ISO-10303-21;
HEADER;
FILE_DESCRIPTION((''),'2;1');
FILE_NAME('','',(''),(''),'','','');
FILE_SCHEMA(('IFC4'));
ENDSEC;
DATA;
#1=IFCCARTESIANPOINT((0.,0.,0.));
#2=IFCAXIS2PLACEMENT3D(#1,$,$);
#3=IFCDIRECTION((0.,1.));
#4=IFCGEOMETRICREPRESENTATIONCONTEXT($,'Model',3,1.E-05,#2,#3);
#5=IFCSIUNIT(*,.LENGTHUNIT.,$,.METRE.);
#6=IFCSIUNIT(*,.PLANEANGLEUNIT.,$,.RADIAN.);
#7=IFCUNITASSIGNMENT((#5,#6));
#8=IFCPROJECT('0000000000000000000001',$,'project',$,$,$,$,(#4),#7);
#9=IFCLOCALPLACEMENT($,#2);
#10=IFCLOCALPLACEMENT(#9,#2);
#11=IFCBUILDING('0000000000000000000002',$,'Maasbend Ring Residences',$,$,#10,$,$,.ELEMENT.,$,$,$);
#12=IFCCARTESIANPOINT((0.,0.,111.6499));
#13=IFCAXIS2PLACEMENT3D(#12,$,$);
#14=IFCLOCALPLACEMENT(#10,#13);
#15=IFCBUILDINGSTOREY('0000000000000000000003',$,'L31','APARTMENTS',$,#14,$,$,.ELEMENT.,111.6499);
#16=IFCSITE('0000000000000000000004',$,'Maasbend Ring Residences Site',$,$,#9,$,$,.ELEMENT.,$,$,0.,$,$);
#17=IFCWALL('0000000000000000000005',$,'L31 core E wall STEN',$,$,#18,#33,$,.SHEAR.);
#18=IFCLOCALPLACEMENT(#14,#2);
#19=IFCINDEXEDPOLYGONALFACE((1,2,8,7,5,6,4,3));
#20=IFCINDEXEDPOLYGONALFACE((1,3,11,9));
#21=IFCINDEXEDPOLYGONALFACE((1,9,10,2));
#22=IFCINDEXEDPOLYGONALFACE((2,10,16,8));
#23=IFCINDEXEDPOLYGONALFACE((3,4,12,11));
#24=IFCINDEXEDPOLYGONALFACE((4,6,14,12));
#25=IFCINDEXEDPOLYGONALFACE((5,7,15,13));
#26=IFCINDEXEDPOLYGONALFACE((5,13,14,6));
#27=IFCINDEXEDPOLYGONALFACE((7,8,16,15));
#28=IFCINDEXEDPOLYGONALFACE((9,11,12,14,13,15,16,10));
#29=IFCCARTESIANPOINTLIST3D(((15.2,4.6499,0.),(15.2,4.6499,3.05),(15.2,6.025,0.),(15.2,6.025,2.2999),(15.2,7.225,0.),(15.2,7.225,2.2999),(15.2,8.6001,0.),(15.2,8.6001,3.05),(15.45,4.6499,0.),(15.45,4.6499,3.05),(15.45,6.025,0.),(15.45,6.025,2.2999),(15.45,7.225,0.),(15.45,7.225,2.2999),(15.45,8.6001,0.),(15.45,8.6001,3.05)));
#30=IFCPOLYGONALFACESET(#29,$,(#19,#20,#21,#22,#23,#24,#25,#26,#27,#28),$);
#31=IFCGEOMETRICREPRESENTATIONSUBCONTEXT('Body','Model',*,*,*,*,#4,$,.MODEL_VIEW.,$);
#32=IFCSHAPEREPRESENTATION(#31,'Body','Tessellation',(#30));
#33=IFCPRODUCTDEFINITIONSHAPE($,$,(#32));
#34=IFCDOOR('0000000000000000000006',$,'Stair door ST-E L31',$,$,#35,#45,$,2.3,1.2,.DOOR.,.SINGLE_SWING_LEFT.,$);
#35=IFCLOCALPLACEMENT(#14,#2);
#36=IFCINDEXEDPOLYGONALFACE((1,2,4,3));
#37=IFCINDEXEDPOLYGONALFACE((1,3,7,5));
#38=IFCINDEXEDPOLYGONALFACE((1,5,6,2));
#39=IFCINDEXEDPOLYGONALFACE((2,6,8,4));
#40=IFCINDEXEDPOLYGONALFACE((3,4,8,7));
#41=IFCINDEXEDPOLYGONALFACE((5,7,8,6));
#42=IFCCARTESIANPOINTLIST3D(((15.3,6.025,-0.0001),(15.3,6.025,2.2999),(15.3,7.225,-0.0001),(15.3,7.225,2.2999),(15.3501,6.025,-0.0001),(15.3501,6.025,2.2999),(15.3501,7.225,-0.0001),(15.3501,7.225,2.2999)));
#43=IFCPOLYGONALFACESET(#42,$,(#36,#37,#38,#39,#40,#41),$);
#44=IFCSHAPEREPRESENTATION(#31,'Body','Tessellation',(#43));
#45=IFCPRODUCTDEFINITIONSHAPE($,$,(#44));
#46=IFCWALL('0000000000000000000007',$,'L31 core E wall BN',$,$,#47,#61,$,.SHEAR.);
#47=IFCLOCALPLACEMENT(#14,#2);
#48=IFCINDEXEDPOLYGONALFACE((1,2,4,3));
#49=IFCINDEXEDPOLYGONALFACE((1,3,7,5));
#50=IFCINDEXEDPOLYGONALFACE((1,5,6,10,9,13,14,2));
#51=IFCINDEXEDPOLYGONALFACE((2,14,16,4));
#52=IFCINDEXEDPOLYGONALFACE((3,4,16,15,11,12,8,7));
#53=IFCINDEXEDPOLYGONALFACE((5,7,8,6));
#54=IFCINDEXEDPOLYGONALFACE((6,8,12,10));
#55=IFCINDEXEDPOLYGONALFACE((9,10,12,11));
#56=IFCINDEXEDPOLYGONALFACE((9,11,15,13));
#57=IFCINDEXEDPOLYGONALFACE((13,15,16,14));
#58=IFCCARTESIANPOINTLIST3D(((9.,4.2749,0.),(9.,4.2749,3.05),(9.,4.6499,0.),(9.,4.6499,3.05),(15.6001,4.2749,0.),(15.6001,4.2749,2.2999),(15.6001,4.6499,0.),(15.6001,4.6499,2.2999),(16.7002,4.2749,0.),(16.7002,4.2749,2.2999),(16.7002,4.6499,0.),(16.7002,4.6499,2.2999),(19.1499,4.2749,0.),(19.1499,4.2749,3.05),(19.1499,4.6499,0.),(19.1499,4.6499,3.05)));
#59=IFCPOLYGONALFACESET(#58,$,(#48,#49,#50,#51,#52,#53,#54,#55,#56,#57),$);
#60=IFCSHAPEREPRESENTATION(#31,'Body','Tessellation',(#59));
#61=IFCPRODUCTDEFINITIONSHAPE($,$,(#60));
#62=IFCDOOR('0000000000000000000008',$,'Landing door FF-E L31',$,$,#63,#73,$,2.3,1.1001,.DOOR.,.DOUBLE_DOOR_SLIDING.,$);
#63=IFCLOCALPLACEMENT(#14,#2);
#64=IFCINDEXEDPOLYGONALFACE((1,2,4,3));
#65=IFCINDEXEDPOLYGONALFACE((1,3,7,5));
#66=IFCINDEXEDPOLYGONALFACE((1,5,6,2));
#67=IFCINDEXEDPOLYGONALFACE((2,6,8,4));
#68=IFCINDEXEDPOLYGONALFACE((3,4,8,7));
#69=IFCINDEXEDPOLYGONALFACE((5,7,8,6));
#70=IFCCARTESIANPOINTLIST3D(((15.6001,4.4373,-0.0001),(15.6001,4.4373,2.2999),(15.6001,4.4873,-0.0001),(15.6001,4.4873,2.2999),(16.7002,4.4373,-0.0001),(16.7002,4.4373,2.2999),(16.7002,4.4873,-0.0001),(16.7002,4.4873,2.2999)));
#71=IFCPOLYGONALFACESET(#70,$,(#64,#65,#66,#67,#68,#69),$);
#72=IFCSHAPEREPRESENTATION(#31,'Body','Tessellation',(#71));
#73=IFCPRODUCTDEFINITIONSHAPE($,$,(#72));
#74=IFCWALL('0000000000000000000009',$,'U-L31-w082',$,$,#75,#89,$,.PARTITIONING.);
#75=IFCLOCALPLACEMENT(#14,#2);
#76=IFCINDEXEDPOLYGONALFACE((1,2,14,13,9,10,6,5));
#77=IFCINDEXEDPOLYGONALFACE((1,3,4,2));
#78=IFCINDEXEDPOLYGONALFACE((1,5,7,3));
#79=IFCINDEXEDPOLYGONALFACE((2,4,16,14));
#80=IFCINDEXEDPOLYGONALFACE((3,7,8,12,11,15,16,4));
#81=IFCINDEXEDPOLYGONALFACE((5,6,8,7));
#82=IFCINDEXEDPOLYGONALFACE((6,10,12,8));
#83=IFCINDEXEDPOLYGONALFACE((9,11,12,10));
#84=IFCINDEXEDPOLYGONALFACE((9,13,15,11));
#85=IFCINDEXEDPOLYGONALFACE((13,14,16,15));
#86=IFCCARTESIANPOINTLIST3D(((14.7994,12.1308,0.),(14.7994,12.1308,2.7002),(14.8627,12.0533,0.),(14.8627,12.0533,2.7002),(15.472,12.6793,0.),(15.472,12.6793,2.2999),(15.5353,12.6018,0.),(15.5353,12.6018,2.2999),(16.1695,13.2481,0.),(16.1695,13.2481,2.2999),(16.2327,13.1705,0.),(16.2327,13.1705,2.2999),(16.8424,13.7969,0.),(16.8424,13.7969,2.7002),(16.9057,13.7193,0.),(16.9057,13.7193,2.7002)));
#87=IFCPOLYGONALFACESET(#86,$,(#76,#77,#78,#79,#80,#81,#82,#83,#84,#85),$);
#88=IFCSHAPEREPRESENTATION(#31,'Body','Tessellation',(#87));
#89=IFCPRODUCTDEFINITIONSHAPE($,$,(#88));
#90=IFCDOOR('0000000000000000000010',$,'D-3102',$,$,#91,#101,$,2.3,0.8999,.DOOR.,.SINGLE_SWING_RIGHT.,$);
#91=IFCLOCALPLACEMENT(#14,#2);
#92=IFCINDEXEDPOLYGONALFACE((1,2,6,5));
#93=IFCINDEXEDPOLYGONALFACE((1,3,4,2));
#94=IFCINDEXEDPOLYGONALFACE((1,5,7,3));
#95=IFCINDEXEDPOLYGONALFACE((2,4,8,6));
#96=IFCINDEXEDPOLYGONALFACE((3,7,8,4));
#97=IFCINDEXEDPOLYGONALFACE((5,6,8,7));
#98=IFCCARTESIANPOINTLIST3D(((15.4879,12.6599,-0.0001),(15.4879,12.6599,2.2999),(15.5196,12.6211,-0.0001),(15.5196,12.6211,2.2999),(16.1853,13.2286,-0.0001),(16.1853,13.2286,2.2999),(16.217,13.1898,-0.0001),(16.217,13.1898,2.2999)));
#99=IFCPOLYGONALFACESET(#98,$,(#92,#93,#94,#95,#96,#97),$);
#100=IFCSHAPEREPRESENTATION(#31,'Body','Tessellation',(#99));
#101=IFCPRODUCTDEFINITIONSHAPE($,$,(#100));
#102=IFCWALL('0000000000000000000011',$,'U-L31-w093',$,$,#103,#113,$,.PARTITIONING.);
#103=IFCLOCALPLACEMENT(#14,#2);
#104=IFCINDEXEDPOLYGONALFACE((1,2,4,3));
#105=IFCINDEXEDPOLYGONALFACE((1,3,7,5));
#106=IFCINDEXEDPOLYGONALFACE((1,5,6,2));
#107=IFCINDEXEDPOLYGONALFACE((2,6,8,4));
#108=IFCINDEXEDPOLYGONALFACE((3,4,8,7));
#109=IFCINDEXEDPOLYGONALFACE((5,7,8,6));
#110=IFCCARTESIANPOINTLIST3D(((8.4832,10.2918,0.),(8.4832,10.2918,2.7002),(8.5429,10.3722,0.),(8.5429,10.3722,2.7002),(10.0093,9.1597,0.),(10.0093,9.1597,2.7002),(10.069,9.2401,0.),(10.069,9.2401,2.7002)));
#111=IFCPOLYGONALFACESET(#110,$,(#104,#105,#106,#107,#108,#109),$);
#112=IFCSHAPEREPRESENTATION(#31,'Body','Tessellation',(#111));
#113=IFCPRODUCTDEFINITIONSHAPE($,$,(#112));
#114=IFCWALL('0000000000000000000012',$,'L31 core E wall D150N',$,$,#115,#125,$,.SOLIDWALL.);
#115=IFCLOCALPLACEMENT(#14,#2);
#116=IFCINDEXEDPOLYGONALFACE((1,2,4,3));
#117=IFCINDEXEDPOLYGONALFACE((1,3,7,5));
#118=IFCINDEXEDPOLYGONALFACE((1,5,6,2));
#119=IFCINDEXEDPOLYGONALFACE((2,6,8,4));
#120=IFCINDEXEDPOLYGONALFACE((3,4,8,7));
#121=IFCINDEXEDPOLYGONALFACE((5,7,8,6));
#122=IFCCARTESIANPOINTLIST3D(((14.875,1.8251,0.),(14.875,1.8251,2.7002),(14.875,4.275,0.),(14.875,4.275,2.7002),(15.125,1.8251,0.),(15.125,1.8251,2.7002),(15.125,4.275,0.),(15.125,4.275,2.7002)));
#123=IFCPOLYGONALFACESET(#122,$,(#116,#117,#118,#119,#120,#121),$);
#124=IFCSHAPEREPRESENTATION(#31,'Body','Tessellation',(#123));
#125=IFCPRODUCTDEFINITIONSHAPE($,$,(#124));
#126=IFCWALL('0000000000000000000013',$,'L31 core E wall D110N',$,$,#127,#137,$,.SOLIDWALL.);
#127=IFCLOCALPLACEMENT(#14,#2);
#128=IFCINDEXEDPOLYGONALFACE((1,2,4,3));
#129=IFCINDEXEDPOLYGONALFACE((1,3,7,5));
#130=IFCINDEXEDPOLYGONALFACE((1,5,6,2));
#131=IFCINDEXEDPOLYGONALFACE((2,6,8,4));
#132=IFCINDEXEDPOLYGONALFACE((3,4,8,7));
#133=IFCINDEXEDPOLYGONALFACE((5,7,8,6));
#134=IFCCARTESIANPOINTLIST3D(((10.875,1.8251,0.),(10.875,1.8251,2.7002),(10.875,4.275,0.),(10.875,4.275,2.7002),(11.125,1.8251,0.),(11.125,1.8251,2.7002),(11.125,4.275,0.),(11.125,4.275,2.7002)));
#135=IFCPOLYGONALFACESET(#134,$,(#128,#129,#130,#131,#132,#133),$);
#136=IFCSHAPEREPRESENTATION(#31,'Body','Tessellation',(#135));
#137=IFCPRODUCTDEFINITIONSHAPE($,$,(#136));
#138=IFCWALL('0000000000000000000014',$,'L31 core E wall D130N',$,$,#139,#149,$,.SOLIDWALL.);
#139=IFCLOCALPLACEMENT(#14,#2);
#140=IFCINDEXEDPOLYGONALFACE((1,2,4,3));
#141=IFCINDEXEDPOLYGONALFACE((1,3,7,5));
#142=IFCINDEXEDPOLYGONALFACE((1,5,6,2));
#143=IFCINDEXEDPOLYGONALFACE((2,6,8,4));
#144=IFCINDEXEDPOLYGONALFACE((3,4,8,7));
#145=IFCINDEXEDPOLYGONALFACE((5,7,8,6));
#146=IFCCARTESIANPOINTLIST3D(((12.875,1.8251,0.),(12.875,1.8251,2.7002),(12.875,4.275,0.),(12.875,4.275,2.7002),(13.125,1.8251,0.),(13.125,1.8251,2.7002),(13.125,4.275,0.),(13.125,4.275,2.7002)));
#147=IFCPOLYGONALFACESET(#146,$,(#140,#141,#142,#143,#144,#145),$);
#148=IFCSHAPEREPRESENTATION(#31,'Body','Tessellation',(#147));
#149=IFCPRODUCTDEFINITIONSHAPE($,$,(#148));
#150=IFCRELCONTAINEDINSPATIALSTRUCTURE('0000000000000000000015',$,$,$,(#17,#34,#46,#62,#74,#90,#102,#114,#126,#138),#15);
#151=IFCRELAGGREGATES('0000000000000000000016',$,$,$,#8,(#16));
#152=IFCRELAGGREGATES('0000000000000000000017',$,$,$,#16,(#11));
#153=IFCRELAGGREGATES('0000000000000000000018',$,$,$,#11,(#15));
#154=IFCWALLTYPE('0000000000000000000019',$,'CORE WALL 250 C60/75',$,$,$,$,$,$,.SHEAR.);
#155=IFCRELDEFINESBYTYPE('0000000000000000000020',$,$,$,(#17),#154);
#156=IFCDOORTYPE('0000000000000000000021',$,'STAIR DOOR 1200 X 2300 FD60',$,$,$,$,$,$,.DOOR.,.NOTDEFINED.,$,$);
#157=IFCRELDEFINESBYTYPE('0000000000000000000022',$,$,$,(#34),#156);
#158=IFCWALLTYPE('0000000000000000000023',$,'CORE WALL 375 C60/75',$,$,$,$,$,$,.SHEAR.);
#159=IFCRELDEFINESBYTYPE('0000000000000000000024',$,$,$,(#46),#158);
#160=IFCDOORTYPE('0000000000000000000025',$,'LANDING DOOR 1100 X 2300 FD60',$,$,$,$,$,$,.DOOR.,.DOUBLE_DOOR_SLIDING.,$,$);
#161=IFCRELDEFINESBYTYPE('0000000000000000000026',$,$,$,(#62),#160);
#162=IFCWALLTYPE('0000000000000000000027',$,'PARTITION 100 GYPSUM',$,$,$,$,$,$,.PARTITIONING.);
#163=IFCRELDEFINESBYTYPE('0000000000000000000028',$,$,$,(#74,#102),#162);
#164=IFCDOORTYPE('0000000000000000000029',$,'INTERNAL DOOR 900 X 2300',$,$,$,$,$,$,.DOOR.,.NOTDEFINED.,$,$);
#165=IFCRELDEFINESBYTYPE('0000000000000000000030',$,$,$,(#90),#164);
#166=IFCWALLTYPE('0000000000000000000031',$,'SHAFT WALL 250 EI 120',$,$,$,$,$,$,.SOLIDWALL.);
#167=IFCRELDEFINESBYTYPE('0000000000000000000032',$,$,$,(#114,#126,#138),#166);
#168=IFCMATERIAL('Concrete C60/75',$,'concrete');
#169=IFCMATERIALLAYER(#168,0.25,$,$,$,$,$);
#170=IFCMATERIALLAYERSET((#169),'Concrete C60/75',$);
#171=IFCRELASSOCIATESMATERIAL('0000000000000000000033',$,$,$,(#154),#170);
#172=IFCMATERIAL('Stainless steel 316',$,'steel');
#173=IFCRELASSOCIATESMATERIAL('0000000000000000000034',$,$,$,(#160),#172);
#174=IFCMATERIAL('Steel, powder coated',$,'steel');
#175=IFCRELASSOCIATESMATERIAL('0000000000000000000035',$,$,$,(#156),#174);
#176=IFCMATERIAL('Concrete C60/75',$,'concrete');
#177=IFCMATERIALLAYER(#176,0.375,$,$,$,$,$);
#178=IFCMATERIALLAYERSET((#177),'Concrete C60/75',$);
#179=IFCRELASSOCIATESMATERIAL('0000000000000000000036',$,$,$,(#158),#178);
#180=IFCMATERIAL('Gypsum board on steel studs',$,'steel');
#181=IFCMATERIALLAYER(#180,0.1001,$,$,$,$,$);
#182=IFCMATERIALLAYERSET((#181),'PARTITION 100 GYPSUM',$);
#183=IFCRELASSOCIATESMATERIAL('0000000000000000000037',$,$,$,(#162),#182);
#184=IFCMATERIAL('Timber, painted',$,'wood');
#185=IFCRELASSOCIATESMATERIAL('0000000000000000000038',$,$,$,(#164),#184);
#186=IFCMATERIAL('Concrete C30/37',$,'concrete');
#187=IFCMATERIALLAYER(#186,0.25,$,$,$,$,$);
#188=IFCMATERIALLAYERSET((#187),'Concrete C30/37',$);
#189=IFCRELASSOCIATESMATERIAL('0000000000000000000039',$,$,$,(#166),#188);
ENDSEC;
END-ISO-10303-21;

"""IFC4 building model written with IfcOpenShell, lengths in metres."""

from ifc_helpers import new_model, si_unit, direction, frame, frame_2d, origin, place, context, subcontext, project, spatial, rectangle, extrude, material, layer, layer_set, type_object, element, fill, save


model = new_model("IFC4")

# Units and contexts
model_context = context("Model", 3, precision=1e-05, world=origin(), true_north=direction((0.0, 1.0)))
body_context = subcontext(model_context, "Body", "Model", "MODEL_VIEW")
ifc_project = project(units=[si_unit("LENGTHUNIT", "METRE"), si_unit("PLANEANGLEUNIT", "RADIAN")], contexts=[model_context])

# Site, building, storey
site_placement = place(None, origin())
site = spatial("IfcSite", under=ifc_project, at=site_placement, Name="Maasbend Ring Residences Site", CompositionType="ELEMENT", RefElevation=0.0)
building_placement = place(site_placement, origin())
building = spatial("IfcBuilding", under=site, at=building_placement, Name="Maasbend Ring Residences", CompositionType="ELEMENT")
storey_placement = place(building_placement, frame((0.0, 0.0, 111.6499)))
storey = spatial("IfcBuildingStorey", under=building, at=storey_placement, Name="L31", Description="APARTMENTS", CompositionType="ELEMENT", Elevation=111.6499)

# Shared definitions
ifc_material_1 = material(Name="Concrete C60/75", Category="concrete")
ifc_layer_1 = layer(ifc_material_1, 0.25)
ifc_layer_set_1 = layer_set([ifc_layer_1], Name="Concrete C60/75")
wall_type_1 = type_object("IfcWallType", Name="CORE WALL 250 C60/75", PredefinedType="SHEAR", material=ifc_layer_set_1)
ifc_material_2 = material(Name="Stainless steel 316", Category="steel")
door_type_1 = type_object("IfcDoorType", Name="LANDING DOOR 1100 X 2300 FD60", OperationType="DOUBLE_DOOR_SLIDING", PredefinedType="DOOR", material=ifc_material_2)

# Walls, openings, doors
wall_1_placement = place(storey_placement, frame((15.325, 4.6499, 0.0), z_axis=(0.0, 0.0, 1.0), x_axis=(0.0, 1.0, 0.0)))
wall_1 = element("IfcWall", 1, at=wall_1_placement, inside=storey, type_object=wall_type_1, Name="L31 core E wall STEN", PredefinedType="SHEAR", context=body_context, shape_type="SweptSolid", body=[
    extrude(rectangle(XDim=3.9502, YDim=0.25, at=frame_2d((1.9751, 0.0))), origin(), (0.0, 0.0, 1.0), 3.05),
])
opening_1_placement = place(wall_1_placement, frame((1.375, 0.0, 0.0)))
opening_1 = element("IfcOpeningElement", 2, at=opening_1_placement, cuts=wall_1, PredefinedType="OPENING", context=body_context, shape_type="SweptSolid", body=[
    extrude(rectangle(XDim=1.2, YDim=2.3, at=frame_2d((0.6001, 1.1499))), frame((0.0, 0.135, 0.0), z_axis=(0.0, -1.0, 0.0), x_axis=(1.0, 0.0, 0.0)), (0.0, 0.0, 1.0), 0.27),
])
ifc_material_3 = material(Name="Steel, powder coated", Category="steel")
door_type_2 = type_object("IfcDoorType", Name="STAIR DOOR 1200 X 2300 FD60", OperationType="NOTDEFINED", PredefinedType="DOOR", material=ifc_material_3)
door_1_placement = place(opening_1_placement, origin())
door_1 = element("IfcDoor", 3, at=door_1_placement, inside=storey, type_object=door_type_2, Name="Stair door ST-E L31", OperationType="SINGLE_SWING_LEFT", OverallHeight=2.3, OverallWidth=1.2, PredefinedType="DOOR", context=body_context, shape_type="SweptSolid", body=[
    extrude(rectangle(XDim=1.2, YDim=2.3, at=frame_2d((0.6001, 1.1499))), frame((0.0, 0.0249, 0.0), z_axis=(0.0, -1.0, 0.0), x_axis=(1.0, 0.0, 0.0)), (0.0, 0.0, 1.0), 0.05),
])
fill(opening_1, door_1)
ifc_material_4 = material(Name="Concrete C60/75", Category="concrete")
ifc_layer_2 = layer(ifc_material_4, 0.375)
ifc_layer_set_2 = layer_set([ifc_layer_2], Name="Concrete C60/75")
wall_type_2 = type_object("IfcWallType", Name="CORE WALL 375 C60/75", PredefinedType="SHEAR", material=ifc_layer_set_2)
wall_2_placement = place(storey_placement, frame((9.0, 4.4624, 0.0), z_axis=(0.0, 0.0, 1.0), x_axis=(1.0, 0.0, 0.0)))
wall_2 = element("IfcWall", 4, at=wall_2_placement, inside=storey, type_object=wall_type_2, Name="L31 core E wall BN", PredefinedType="SHEAR", context=body_context, shape_type="SweptSolid", body=[
    extrude(rectangle(XDim=10.1499, YDim=0.375, at=frame_2d((5.075, 0.0))), origin(), (0.0, 0.0, 1.0), 3.05),
])
opening_2_placement = place(wall_2_placement, frame((6.6001, 0.0, 0.0)))
opening_2 = element("IfcOpeningElement", 5, at=opening_2_placement, cuts=wall_2, PredefinedType="OPENING", context=body_context, shape_type="SweptSolid", body=[
    extrude(rectangle(XDim=1.1001, YDim=2.3, at=frame_2d((0.55, 1.1499))), frame((0.0, 0.1975, 0.0), z_axis=(0.0, -1.0, 0.0), x_axis=(1.0, 0.0, 0.0)), (0.0, 0.0, 1.0), 0.395),
])
door_2_placement = place(opening_2_placement, origin())
door_2 = element("IfcDoor", 6, at=door_2_placement, inside=storey, type_object=door_type_1, Name="Landing door FF-E L31", OperationType="DOUBLE_DOOR_SLIDING", OverallHeight=2.3, OverallWidth=1.1001, PredefinedType="DOOR", context=body_context, shape_type="SweptSolid", body=[
    extrude(rectangle(XDim=1.1001, YDim=2.3, at=frame_2d((0.55, 1.1499))), frame((0.0, 0.0249, 0.0), z_axis=(0.0, -1.0, 0.0), x_axis=(1.0, 0.0, 0.0)), (0.0, 0.0, 1.0), 0.05),
])
fill(opening_2, door_2)
ifc_material_5 = material(Name="Gypsum board on steel studs", Category="steel")
ifc_layer_3 = layer(ifc_material_5, 0.1001)
ifc_layer_set_3 = layer_set([ifc_layer_3], Name="PARTITION 100 GYPSUM")
wall_type_3 = type_object("IfcWallType", Name="PARTITION 100 GYPSUM", PredefinedType="PARTITIONING", material=ifc_layer_set_3)
wall_3_placement = place(storey_placement, frame((14.8311, 12.092, 0.0), z_axis=(0.0, 0.0, 1.0), x_axis=(0.77498, 0.631986, 0.0)))
wall_3 = element("IfcWall", 7, at=wall_3_placement, inside=storey, type_object=wall_type_3, Name="U-L31-w082", PredefinedType="PARTITIONING", context=body_context, shape_type="SweptSolid", body=[
    extrude(rectangle(XDim=2.6362, YDim=0.1001, at=frame_2d((1.3181, 0.0))), origin(), (0.0, 0.0, 1.0), 2.7002),
])
opening_3_placement = place(wall_3_placement, frame((0.8679, 0.0, 0.0)))
opening_3 = element("IfcOpeningElement", 8, at=opening_3_placement, cuts=wall_3, PredefinedType="OPENING", context=body_context, shape_type="SweptSolid", body=[
    extrude(rectangle(XDim=0.8999, YDim=2.3, at=frame_2d((0.45, 1.1499))), frame((0.0, 0.0601, 0.0), z_axis=(0.0, -1.0, 0.0), x_axis=(1.0, 0.0, 0.0)), (0.0, 0.0, 1.0), 0.1201),
])
ifc_material_6 = material(Name="Timber, painted", Category="wood")
door_type_3 = type_object("IfcDoorType", Name="INTERNAL DOOR 900 X 2300", OperationType="NOTDEFINED", PredefinedType="DOOR", material=ifc_material_6)
door_3_placement = place(opening_3_placement, origin())
door_3 = element("IfcDoor", 9, at=door_3_placement, inside=storey, type_object=door_type_3, Name="D-3102", OperationType="SINGLE_SWING_RIGHT", OverallHeight=2.3, OverallWidth=0.8999, PredefinedType="DOOR", context=body_context, shape_type="SweptSolid", body=[
    extrude(rectangle(XDim=0.8999, YDim=2.3, at=frame_2d((0.45, 1.1499))), frame((0.0, 0.0249, 0.0), z_axis=(0.0, -1.0, 0.0), x_axis=(1.0, 0.0, 0.0)), (0.0, 0.0, 1.0), 0.05),
])
fill(opening_3, door_3)

# Walls
wall_4_placement = place(storey_placement, frame((8.5129, 10.332, 0.0), z_axis=(0.0, 0.0, 1.0), x_axis=(0.80315, -0.595777, 0.0)))
element("IfcWall", 10, at=wall_4_placement, inside=storey, type_object=wall_type_3, Name="U-L31-w093", PredefinedType="PARTITIONING", context=body_context, shape_type="SweptSolid", body=[
    extrude(rectangle(XDim=1.9001, YDim=0.1001, at=frame_2d((0.9502, 0.0))), origin(), (0.0, 0.0, 1.0), 2.7002),
])
ifc_material_7 = material(Name="Concrete C30/37", Category="concrete")
ifc_layer_4 = layer(ifc_material_7, 0.25)
ifc_layer_set_4 = layer_set([ifc_layer_4], Name="Concrete C30/37")
wall_type_4 = type_object("IfcWallType", Name="SHAFT WALL 250 EI 120", PredefinedType="SOLIDWALL", material=ifc_layer_set_4)
for number, where, z_axis, x_axis, name in (
    (11, (15.0, 1.825, 0.0), (0.0, 0.0, 1.0), (0.0, 1.0, 0.0), "L31 core E wall D150N"),
    (12, (11.0, 1.825, 0.0), (0.0, 0.0, 1.0), (0.0, 1.0, 0.0), "L31 core E wall D110N"),
    (13, (13.0, 1.825, 0.0), (0.0, 0.0, 1.0), (0.0, 1.0, 0.0), "L31 core E wall D130N"),
):
    element("IfcWall", number, at=place(storey_placement, frame(where, z_axis=z_axis, x_axis=x_axis)), inside=storey, type_object=wall_type_4, Name=name, PredefinedType="SOLIDWALL", context=body_context, shape_type="SweptSolid", body=[
        extrude(rectangle(XDim=2.45, YDim=0.25, at=frame_2d((1.2251, 0.0))), origin(), (0.0, 0.0, 1.0), 2.7002),
    ])

save(model, "model.ifc")
